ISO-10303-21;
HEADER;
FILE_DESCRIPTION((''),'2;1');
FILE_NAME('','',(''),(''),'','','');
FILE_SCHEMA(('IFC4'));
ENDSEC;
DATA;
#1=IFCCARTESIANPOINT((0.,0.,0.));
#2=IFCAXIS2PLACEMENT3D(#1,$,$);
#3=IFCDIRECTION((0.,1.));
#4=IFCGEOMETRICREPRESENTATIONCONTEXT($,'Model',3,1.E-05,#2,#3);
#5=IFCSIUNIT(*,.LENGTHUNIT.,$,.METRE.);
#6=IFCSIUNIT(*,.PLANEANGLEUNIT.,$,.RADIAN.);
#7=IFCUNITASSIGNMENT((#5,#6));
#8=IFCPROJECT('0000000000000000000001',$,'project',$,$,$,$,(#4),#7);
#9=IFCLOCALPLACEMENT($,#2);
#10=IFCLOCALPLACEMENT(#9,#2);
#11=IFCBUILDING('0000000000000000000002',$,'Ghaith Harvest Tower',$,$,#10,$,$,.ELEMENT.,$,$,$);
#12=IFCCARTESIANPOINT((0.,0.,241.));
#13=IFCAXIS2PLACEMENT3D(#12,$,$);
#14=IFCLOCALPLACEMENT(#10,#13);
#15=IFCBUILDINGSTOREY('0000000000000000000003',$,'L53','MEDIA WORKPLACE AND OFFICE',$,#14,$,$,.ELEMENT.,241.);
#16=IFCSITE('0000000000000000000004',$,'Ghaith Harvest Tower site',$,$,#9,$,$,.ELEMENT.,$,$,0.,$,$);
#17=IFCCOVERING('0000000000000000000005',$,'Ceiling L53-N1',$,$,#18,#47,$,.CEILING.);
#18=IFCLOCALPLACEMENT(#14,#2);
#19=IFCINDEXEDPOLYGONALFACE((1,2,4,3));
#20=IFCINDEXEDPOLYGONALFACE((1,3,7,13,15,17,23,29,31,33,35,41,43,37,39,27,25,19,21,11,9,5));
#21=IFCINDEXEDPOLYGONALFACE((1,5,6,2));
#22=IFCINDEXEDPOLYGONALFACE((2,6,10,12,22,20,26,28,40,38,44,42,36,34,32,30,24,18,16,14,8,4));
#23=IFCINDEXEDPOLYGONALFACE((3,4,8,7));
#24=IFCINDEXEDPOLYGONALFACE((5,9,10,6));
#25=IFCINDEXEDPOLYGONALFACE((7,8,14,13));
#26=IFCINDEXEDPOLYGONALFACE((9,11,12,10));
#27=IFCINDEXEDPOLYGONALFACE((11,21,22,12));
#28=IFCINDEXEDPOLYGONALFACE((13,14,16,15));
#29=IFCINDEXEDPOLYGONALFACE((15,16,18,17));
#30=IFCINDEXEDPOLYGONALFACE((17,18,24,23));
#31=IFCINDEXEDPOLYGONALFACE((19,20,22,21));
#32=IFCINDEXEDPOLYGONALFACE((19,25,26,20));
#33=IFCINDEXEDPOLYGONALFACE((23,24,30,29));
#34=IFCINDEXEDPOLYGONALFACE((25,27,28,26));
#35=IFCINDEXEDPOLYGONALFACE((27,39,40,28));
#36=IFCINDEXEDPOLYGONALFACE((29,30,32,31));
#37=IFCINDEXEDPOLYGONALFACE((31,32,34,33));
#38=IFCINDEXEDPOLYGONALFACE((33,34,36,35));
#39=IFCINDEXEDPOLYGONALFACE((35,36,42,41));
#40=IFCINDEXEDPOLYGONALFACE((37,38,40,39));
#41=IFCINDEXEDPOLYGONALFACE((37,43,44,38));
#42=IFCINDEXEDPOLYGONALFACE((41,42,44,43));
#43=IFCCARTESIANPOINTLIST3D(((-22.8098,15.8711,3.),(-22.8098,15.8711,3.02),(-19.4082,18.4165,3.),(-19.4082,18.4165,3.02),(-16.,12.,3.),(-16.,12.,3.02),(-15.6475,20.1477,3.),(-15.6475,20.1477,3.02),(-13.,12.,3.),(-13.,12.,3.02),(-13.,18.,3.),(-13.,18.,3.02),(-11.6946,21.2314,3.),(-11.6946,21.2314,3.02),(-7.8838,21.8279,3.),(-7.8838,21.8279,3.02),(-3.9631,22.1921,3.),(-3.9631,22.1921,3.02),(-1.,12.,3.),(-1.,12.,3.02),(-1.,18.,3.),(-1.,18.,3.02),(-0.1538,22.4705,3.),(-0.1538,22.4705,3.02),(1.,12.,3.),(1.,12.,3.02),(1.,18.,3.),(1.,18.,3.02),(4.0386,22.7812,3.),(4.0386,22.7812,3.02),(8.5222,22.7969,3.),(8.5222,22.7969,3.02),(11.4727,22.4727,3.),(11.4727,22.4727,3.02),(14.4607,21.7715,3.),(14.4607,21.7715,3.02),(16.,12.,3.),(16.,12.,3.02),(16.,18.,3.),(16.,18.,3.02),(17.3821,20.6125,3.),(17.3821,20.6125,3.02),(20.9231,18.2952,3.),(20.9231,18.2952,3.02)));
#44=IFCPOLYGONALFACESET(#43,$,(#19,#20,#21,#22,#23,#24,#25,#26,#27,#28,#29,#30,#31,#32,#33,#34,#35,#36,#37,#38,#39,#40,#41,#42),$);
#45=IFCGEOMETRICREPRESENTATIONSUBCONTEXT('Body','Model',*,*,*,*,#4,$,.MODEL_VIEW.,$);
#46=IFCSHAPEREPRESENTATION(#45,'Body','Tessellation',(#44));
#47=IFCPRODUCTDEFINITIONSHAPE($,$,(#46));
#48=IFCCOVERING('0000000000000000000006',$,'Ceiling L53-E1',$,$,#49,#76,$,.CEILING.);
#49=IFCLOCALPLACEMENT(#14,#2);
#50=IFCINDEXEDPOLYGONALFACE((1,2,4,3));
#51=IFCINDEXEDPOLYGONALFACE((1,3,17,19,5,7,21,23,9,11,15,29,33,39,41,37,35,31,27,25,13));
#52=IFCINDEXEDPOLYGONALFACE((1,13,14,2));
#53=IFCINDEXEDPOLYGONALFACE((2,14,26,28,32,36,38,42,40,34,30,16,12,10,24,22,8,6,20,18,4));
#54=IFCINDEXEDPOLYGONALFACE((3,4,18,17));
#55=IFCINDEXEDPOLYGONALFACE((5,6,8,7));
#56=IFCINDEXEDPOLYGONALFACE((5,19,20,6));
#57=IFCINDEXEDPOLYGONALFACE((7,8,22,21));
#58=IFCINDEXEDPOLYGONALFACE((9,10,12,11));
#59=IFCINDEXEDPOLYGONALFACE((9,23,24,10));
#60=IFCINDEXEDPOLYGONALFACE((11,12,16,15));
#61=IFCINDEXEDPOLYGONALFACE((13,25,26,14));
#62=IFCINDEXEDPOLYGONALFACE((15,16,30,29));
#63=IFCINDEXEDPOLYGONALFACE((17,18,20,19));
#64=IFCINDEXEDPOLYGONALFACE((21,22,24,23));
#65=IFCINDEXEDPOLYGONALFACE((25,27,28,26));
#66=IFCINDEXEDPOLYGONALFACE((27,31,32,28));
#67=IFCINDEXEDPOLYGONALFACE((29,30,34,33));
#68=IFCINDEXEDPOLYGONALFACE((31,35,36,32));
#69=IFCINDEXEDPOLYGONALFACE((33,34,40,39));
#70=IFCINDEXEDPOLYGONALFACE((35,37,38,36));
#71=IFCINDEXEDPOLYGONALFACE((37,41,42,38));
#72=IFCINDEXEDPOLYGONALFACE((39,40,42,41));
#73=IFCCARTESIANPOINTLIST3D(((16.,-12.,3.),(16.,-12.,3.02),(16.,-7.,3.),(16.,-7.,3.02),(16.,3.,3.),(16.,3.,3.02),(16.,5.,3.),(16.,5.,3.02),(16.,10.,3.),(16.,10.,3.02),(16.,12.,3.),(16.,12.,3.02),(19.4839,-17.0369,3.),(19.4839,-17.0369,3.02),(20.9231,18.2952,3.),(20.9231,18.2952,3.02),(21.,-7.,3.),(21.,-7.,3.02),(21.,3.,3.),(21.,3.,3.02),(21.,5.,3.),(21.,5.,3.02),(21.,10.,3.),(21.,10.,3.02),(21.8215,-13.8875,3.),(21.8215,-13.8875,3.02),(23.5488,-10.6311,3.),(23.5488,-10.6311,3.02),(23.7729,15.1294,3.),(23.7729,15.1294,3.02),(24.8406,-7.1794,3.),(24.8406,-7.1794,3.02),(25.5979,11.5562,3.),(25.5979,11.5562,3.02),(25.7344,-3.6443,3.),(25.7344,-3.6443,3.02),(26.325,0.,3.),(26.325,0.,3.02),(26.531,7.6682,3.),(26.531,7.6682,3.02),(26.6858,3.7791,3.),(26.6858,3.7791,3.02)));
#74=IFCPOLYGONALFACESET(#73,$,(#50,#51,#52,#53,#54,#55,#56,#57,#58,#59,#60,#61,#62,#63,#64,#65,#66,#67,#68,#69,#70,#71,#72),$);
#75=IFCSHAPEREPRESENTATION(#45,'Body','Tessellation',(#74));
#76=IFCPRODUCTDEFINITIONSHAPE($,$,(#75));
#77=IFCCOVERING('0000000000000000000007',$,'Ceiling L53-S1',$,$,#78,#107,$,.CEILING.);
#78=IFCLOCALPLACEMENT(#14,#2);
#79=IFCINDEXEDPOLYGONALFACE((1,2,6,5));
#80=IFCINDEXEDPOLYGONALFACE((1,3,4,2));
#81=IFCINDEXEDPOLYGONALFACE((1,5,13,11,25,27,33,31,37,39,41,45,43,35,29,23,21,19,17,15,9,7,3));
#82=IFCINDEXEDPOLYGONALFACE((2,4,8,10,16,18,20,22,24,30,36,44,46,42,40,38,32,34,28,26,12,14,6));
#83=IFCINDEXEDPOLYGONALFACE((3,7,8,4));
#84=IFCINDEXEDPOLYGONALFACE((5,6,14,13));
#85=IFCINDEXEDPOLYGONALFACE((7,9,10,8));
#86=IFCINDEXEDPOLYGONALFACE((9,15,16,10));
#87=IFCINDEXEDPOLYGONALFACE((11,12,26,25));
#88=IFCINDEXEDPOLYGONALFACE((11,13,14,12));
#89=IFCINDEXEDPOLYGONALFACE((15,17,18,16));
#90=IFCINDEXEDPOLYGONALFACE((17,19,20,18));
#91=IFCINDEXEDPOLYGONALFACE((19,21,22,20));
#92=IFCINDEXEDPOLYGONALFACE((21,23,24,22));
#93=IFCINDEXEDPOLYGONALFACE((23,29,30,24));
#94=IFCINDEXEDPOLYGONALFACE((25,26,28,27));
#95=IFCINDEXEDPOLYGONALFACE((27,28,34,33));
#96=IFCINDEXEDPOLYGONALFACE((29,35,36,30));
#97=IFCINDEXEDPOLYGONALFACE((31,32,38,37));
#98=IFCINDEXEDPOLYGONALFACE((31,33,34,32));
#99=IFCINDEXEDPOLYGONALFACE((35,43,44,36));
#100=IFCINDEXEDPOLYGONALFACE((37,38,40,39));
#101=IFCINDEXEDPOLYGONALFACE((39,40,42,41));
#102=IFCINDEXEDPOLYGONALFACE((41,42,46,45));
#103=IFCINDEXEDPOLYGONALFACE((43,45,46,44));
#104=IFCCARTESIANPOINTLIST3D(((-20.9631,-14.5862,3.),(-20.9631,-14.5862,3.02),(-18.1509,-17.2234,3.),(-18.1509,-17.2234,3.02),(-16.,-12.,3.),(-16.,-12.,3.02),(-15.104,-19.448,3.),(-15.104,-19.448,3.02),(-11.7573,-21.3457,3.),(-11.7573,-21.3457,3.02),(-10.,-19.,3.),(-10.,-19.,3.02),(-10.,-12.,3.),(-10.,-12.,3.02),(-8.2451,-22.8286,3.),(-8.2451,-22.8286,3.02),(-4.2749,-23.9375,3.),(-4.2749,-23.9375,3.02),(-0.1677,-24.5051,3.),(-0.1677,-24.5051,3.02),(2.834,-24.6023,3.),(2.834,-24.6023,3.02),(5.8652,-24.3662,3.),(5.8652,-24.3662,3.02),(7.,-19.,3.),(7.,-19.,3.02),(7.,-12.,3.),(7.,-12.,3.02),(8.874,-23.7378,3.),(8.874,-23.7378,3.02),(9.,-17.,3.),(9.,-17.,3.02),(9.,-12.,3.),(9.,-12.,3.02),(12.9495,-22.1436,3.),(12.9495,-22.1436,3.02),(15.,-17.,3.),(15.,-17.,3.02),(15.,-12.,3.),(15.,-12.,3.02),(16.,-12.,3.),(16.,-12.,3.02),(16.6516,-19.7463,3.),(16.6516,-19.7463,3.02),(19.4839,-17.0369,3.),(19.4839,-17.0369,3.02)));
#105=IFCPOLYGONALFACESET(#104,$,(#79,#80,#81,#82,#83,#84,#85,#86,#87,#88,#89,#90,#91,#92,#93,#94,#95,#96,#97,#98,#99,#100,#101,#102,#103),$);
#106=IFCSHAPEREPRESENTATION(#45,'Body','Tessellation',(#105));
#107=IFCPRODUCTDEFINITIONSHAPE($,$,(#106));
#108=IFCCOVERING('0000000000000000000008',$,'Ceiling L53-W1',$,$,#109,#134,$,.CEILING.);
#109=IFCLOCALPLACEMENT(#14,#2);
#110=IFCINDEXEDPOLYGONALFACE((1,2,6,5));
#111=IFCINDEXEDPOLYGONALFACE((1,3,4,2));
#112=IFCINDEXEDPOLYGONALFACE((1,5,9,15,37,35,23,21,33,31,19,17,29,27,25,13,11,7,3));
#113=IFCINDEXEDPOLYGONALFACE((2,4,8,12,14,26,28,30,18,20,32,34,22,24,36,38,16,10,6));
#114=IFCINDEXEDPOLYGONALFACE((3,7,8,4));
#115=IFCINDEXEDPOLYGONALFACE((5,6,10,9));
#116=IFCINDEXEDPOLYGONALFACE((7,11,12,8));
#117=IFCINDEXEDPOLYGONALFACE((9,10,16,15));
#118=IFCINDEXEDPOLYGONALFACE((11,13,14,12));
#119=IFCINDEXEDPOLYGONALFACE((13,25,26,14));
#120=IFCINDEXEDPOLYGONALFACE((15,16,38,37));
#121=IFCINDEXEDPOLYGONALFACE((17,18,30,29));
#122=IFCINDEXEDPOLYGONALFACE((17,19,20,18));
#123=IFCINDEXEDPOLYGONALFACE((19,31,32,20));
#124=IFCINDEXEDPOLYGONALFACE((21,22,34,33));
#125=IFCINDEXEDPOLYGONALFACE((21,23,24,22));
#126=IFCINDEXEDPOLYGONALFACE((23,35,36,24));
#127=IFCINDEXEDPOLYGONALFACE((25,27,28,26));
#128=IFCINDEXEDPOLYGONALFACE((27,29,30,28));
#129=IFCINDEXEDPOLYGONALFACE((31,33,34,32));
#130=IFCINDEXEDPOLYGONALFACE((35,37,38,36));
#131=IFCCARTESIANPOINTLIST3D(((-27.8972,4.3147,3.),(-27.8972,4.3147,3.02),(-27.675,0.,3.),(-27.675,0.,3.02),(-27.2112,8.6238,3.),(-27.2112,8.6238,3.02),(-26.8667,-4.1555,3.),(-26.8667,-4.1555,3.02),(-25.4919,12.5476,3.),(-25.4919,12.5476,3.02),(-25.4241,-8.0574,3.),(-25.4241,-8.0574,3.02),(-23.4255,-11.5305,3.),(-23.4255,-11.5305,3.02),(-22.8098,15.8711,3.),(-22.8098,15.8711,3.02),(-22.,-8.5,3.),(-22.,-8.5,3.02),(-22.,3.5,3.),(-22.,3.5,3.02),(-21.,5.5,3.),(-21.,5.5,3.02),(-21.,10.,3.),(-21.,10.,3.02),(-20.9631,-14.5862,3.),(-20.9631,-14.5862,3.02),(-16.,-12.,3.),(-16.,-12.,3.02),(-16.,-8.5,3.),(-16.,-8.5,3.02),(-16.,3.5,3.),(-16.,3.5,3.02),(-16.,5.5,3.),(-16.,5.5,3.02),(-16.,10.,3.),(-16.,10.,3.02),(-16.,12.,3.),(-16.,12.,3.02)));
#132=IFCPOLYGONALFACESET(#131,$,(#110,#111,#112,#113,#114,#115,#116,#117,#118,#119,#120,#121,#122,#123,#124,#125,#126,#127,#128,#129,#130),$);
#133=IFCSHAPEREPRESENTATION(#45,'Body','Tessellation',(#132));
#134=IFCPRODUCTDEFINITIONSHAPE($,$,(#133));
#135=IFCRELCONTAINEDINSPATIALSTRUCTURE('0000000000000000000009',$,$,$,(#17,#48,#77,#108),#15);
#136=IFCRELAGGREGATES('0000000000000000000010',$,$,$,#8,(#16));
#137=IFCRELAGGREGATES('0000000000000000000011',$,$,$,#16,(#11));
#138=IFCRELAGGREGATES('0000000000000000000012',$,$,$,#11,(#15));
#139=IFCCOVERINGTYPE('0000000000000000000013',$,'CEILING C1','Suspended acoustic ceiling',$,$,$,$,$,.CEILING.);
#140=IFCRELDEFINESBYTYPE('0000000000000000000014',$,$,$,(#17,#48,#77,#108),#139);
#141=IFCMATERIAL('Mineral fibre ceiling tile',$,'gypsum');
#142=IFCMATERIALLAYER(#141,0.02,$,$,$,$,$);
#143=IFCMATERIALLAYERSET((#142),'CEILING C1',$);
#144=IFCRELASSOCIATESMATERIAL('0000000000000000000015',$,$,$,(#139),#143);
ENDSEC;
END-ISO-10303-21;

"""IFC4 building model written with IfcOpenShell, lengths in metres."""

from ifc_helpers import new_model, si_unit, direction, frame, origin, place, context, subcontext, project, spatial, polyline, outline, extrude, material, layer, layer_set, type_object, element, save


model = new_model("IFC4")

# Units and contexts
model_context = context("Model", 3, precision=1e-05, world=origin(), true_north=direction((0.0, 1.0)))
body_context = subcontext(model_context, "Body", "Model", "MODEL_VIEW")
ifc_project = project(units=[si_unit("LENGTHUNIT", "METRE"), si_unit("PLANEANGLEUNIT", "RADIAN")], contexts=[model_context])

# Site, building, storey
site_placement = place(None, origin())
site = spatial("IfcSite", under=ifc_project, at=site_placement, Name="Ghaith Harvest Tower site", CompositionType="ELEMENT", RefElevation=0.0)
building_placement = place(site_placement, origin())
building = spatial("IfcBuilding", under=site, at=building_placement, Name="Ghaith Harvest Tower", CompositionType="ELEMENT")
storey_placement = place(building_placement, frame((0.0, 0.0, 241.0)))
storey = spatial("IfcBuildingStorey", under=building, at=storey_placement, Name="L53", Description="MEDIA WORKPLACE AND OFFICE", CompositionType="ELEMENT", Elevation=241.0)

# Coverings
ifc_material_1 = material(Name="Mineral fibre ceiling tile", Category="gypsum")
ifc_layer_1 = layer(ifc_material_1, 0.02)
ifc_layer_set_1 = layer_set([ifc_layer_1], Name="CEILING C1")
covering_type = type_object("IfcCoveringType", Name="CEILING C1", Description="Suspended acoustic ceiling", PredefinedType="CEILING", material=ifc_layer_set_1)
covering_1_placement = place(storey_placement, frame((0.0, 0.0, 3.0)))
element("IfcCovering", 1, at=covering_1_placement, inside=storey, type_object=covering_type, Name="Ceiling L53-N1", PredefinedType="CEILING", context=body_context, shape_type="SweptSolid", body=[
    extrude(outline(polyline([(-19.4082, 18.4165), (-15.6475, 20.1477), (-11.6946, 21.2314), (-7.8838, 21.8279), (-3.9631, 22.1921), (-0.1538, 22.4705), (4.0386, 22.7812), (8.5222, 22.7969), (11.4727, 22.4727), (14.4607, 21.7715), (17.3821, 20.6125), (20.9231, 18.2952), (16.0, 12.0), (16.0, 18.0), (1.0, 18.0), (1.0, 12.0), (-1.0, 12.0), (-1.0, 18.0), (-13.0, 18.0), (-13.0, 12.0), (-16.0, 12.0), (-22.8098, 15.8711), (-19.4082, 18.4165)])), origin(), (0.0, 0.0, 1.0), 0.02),
])
covering_2_placement = place(storey_placement, frame((0.0, 0.0, 3.0)))
element("IfcCovering", 2, at=covering_2_placement, inside=storey, type_object=covering_type, Name="Ceiling L53-E1", PredefinedType="CEILING", context=body_context, shape_type="SweptSolid", body=[
    extrude(outline(polyline([(23.7729, 15.1294), (25.5979, 11.5562), (26.531, 7.6682), (26.6858, 3.7791), (26.325, 0.0), (25.7344, -3.6443), (24.8406, -7.1794), (23.5488, -10.6311), (21.8215, -13.8875), (19.4839, -17.0369), (16.0, -12.0), (16.0, -7.0), (21.0, -7.0), (21.0, 3.0), (16.0, 3.0), (16.0, 5.0), (21.0, 5.0), (21.0, 10.0), (16.0, 10.0), (16.0, 12.0), (20.9231, 18.2952), (23.7729, 15.1294)])), origin(), (0.0, 0.0, 1.0), 0.02),
])
covering_3_placement = place(storey_placement, frame((0.0, 0.0, 3.0)))
element("IfcCovering", 3, at=covering_3_placement, inside=storey, type_object=covering_type, Name="Ceiling L53-S1", PredefinedType="CEILING", context=body_context, shape_type="SweptSolid", body=[
    extrude(outline(polyline([(16.6516, -19.7463), (12.9495, -22.1436), (8.874, -23.7378), (5.8652, -24.3662), (2.834, -24.6023), (-0.1677, -24.5051), (-4.2749, -23.9375), (-8.2451, -22.8286), (-11.7573, -21.3457), (-15.104, -19.448), (-18.1509, -17.2234), (-20.9631, -14.5862), (-16.0, -12.0), (-10.0, -12.0), (-10.0, -19.0), (7.0, -19.0), (7.0, -12.0), (9.0, -12.0), (9.0, -17.0), (15.0, -17.0), (15.0, -12.0), (16.0, -12.0), (19.4839, -17.0369), (16.6516, -19.7463)])), origin(), (0.0, 0.0, 1.0), 0.02),
])
covering_4_placement = place(storey_placement, frame((0.0, 0.0, 3.0)))
element("IfcCovering", 4, at=covering_4_placement, inside=storey, type_object=covering_type, Name="Ceiling L53-W1", PredefinedType="CEILING", context=body_context, shape_type="SweptSolid", body=[
    extrude(outline(polyline([(-23.4255, -11.5305), (-25.4241, -8.0574), (-26.8667, -4.1555), (-27.675, 0.0), (-27.8972, 4.3147), (-27.2112, 8.6238), (-25.4919, 12.5476), (-22.8098, 15.8711), (-16.0, 12.0), (-16.0, 10.0), (-21.0, 10.0), (-21.0, 5.5), (-16.0, 5.5), (-16.0, 3.5), (-22.0, 3.5), (-22.0, -8.5), (-16.0, -8.5), (-16.0, -12.0), (-20.9631, -14.5862), (-23.4255, -11.5305)])), origin(), (0.0, 0.0, 1.0), 0.02),
])

save(model, "model.ifc")
